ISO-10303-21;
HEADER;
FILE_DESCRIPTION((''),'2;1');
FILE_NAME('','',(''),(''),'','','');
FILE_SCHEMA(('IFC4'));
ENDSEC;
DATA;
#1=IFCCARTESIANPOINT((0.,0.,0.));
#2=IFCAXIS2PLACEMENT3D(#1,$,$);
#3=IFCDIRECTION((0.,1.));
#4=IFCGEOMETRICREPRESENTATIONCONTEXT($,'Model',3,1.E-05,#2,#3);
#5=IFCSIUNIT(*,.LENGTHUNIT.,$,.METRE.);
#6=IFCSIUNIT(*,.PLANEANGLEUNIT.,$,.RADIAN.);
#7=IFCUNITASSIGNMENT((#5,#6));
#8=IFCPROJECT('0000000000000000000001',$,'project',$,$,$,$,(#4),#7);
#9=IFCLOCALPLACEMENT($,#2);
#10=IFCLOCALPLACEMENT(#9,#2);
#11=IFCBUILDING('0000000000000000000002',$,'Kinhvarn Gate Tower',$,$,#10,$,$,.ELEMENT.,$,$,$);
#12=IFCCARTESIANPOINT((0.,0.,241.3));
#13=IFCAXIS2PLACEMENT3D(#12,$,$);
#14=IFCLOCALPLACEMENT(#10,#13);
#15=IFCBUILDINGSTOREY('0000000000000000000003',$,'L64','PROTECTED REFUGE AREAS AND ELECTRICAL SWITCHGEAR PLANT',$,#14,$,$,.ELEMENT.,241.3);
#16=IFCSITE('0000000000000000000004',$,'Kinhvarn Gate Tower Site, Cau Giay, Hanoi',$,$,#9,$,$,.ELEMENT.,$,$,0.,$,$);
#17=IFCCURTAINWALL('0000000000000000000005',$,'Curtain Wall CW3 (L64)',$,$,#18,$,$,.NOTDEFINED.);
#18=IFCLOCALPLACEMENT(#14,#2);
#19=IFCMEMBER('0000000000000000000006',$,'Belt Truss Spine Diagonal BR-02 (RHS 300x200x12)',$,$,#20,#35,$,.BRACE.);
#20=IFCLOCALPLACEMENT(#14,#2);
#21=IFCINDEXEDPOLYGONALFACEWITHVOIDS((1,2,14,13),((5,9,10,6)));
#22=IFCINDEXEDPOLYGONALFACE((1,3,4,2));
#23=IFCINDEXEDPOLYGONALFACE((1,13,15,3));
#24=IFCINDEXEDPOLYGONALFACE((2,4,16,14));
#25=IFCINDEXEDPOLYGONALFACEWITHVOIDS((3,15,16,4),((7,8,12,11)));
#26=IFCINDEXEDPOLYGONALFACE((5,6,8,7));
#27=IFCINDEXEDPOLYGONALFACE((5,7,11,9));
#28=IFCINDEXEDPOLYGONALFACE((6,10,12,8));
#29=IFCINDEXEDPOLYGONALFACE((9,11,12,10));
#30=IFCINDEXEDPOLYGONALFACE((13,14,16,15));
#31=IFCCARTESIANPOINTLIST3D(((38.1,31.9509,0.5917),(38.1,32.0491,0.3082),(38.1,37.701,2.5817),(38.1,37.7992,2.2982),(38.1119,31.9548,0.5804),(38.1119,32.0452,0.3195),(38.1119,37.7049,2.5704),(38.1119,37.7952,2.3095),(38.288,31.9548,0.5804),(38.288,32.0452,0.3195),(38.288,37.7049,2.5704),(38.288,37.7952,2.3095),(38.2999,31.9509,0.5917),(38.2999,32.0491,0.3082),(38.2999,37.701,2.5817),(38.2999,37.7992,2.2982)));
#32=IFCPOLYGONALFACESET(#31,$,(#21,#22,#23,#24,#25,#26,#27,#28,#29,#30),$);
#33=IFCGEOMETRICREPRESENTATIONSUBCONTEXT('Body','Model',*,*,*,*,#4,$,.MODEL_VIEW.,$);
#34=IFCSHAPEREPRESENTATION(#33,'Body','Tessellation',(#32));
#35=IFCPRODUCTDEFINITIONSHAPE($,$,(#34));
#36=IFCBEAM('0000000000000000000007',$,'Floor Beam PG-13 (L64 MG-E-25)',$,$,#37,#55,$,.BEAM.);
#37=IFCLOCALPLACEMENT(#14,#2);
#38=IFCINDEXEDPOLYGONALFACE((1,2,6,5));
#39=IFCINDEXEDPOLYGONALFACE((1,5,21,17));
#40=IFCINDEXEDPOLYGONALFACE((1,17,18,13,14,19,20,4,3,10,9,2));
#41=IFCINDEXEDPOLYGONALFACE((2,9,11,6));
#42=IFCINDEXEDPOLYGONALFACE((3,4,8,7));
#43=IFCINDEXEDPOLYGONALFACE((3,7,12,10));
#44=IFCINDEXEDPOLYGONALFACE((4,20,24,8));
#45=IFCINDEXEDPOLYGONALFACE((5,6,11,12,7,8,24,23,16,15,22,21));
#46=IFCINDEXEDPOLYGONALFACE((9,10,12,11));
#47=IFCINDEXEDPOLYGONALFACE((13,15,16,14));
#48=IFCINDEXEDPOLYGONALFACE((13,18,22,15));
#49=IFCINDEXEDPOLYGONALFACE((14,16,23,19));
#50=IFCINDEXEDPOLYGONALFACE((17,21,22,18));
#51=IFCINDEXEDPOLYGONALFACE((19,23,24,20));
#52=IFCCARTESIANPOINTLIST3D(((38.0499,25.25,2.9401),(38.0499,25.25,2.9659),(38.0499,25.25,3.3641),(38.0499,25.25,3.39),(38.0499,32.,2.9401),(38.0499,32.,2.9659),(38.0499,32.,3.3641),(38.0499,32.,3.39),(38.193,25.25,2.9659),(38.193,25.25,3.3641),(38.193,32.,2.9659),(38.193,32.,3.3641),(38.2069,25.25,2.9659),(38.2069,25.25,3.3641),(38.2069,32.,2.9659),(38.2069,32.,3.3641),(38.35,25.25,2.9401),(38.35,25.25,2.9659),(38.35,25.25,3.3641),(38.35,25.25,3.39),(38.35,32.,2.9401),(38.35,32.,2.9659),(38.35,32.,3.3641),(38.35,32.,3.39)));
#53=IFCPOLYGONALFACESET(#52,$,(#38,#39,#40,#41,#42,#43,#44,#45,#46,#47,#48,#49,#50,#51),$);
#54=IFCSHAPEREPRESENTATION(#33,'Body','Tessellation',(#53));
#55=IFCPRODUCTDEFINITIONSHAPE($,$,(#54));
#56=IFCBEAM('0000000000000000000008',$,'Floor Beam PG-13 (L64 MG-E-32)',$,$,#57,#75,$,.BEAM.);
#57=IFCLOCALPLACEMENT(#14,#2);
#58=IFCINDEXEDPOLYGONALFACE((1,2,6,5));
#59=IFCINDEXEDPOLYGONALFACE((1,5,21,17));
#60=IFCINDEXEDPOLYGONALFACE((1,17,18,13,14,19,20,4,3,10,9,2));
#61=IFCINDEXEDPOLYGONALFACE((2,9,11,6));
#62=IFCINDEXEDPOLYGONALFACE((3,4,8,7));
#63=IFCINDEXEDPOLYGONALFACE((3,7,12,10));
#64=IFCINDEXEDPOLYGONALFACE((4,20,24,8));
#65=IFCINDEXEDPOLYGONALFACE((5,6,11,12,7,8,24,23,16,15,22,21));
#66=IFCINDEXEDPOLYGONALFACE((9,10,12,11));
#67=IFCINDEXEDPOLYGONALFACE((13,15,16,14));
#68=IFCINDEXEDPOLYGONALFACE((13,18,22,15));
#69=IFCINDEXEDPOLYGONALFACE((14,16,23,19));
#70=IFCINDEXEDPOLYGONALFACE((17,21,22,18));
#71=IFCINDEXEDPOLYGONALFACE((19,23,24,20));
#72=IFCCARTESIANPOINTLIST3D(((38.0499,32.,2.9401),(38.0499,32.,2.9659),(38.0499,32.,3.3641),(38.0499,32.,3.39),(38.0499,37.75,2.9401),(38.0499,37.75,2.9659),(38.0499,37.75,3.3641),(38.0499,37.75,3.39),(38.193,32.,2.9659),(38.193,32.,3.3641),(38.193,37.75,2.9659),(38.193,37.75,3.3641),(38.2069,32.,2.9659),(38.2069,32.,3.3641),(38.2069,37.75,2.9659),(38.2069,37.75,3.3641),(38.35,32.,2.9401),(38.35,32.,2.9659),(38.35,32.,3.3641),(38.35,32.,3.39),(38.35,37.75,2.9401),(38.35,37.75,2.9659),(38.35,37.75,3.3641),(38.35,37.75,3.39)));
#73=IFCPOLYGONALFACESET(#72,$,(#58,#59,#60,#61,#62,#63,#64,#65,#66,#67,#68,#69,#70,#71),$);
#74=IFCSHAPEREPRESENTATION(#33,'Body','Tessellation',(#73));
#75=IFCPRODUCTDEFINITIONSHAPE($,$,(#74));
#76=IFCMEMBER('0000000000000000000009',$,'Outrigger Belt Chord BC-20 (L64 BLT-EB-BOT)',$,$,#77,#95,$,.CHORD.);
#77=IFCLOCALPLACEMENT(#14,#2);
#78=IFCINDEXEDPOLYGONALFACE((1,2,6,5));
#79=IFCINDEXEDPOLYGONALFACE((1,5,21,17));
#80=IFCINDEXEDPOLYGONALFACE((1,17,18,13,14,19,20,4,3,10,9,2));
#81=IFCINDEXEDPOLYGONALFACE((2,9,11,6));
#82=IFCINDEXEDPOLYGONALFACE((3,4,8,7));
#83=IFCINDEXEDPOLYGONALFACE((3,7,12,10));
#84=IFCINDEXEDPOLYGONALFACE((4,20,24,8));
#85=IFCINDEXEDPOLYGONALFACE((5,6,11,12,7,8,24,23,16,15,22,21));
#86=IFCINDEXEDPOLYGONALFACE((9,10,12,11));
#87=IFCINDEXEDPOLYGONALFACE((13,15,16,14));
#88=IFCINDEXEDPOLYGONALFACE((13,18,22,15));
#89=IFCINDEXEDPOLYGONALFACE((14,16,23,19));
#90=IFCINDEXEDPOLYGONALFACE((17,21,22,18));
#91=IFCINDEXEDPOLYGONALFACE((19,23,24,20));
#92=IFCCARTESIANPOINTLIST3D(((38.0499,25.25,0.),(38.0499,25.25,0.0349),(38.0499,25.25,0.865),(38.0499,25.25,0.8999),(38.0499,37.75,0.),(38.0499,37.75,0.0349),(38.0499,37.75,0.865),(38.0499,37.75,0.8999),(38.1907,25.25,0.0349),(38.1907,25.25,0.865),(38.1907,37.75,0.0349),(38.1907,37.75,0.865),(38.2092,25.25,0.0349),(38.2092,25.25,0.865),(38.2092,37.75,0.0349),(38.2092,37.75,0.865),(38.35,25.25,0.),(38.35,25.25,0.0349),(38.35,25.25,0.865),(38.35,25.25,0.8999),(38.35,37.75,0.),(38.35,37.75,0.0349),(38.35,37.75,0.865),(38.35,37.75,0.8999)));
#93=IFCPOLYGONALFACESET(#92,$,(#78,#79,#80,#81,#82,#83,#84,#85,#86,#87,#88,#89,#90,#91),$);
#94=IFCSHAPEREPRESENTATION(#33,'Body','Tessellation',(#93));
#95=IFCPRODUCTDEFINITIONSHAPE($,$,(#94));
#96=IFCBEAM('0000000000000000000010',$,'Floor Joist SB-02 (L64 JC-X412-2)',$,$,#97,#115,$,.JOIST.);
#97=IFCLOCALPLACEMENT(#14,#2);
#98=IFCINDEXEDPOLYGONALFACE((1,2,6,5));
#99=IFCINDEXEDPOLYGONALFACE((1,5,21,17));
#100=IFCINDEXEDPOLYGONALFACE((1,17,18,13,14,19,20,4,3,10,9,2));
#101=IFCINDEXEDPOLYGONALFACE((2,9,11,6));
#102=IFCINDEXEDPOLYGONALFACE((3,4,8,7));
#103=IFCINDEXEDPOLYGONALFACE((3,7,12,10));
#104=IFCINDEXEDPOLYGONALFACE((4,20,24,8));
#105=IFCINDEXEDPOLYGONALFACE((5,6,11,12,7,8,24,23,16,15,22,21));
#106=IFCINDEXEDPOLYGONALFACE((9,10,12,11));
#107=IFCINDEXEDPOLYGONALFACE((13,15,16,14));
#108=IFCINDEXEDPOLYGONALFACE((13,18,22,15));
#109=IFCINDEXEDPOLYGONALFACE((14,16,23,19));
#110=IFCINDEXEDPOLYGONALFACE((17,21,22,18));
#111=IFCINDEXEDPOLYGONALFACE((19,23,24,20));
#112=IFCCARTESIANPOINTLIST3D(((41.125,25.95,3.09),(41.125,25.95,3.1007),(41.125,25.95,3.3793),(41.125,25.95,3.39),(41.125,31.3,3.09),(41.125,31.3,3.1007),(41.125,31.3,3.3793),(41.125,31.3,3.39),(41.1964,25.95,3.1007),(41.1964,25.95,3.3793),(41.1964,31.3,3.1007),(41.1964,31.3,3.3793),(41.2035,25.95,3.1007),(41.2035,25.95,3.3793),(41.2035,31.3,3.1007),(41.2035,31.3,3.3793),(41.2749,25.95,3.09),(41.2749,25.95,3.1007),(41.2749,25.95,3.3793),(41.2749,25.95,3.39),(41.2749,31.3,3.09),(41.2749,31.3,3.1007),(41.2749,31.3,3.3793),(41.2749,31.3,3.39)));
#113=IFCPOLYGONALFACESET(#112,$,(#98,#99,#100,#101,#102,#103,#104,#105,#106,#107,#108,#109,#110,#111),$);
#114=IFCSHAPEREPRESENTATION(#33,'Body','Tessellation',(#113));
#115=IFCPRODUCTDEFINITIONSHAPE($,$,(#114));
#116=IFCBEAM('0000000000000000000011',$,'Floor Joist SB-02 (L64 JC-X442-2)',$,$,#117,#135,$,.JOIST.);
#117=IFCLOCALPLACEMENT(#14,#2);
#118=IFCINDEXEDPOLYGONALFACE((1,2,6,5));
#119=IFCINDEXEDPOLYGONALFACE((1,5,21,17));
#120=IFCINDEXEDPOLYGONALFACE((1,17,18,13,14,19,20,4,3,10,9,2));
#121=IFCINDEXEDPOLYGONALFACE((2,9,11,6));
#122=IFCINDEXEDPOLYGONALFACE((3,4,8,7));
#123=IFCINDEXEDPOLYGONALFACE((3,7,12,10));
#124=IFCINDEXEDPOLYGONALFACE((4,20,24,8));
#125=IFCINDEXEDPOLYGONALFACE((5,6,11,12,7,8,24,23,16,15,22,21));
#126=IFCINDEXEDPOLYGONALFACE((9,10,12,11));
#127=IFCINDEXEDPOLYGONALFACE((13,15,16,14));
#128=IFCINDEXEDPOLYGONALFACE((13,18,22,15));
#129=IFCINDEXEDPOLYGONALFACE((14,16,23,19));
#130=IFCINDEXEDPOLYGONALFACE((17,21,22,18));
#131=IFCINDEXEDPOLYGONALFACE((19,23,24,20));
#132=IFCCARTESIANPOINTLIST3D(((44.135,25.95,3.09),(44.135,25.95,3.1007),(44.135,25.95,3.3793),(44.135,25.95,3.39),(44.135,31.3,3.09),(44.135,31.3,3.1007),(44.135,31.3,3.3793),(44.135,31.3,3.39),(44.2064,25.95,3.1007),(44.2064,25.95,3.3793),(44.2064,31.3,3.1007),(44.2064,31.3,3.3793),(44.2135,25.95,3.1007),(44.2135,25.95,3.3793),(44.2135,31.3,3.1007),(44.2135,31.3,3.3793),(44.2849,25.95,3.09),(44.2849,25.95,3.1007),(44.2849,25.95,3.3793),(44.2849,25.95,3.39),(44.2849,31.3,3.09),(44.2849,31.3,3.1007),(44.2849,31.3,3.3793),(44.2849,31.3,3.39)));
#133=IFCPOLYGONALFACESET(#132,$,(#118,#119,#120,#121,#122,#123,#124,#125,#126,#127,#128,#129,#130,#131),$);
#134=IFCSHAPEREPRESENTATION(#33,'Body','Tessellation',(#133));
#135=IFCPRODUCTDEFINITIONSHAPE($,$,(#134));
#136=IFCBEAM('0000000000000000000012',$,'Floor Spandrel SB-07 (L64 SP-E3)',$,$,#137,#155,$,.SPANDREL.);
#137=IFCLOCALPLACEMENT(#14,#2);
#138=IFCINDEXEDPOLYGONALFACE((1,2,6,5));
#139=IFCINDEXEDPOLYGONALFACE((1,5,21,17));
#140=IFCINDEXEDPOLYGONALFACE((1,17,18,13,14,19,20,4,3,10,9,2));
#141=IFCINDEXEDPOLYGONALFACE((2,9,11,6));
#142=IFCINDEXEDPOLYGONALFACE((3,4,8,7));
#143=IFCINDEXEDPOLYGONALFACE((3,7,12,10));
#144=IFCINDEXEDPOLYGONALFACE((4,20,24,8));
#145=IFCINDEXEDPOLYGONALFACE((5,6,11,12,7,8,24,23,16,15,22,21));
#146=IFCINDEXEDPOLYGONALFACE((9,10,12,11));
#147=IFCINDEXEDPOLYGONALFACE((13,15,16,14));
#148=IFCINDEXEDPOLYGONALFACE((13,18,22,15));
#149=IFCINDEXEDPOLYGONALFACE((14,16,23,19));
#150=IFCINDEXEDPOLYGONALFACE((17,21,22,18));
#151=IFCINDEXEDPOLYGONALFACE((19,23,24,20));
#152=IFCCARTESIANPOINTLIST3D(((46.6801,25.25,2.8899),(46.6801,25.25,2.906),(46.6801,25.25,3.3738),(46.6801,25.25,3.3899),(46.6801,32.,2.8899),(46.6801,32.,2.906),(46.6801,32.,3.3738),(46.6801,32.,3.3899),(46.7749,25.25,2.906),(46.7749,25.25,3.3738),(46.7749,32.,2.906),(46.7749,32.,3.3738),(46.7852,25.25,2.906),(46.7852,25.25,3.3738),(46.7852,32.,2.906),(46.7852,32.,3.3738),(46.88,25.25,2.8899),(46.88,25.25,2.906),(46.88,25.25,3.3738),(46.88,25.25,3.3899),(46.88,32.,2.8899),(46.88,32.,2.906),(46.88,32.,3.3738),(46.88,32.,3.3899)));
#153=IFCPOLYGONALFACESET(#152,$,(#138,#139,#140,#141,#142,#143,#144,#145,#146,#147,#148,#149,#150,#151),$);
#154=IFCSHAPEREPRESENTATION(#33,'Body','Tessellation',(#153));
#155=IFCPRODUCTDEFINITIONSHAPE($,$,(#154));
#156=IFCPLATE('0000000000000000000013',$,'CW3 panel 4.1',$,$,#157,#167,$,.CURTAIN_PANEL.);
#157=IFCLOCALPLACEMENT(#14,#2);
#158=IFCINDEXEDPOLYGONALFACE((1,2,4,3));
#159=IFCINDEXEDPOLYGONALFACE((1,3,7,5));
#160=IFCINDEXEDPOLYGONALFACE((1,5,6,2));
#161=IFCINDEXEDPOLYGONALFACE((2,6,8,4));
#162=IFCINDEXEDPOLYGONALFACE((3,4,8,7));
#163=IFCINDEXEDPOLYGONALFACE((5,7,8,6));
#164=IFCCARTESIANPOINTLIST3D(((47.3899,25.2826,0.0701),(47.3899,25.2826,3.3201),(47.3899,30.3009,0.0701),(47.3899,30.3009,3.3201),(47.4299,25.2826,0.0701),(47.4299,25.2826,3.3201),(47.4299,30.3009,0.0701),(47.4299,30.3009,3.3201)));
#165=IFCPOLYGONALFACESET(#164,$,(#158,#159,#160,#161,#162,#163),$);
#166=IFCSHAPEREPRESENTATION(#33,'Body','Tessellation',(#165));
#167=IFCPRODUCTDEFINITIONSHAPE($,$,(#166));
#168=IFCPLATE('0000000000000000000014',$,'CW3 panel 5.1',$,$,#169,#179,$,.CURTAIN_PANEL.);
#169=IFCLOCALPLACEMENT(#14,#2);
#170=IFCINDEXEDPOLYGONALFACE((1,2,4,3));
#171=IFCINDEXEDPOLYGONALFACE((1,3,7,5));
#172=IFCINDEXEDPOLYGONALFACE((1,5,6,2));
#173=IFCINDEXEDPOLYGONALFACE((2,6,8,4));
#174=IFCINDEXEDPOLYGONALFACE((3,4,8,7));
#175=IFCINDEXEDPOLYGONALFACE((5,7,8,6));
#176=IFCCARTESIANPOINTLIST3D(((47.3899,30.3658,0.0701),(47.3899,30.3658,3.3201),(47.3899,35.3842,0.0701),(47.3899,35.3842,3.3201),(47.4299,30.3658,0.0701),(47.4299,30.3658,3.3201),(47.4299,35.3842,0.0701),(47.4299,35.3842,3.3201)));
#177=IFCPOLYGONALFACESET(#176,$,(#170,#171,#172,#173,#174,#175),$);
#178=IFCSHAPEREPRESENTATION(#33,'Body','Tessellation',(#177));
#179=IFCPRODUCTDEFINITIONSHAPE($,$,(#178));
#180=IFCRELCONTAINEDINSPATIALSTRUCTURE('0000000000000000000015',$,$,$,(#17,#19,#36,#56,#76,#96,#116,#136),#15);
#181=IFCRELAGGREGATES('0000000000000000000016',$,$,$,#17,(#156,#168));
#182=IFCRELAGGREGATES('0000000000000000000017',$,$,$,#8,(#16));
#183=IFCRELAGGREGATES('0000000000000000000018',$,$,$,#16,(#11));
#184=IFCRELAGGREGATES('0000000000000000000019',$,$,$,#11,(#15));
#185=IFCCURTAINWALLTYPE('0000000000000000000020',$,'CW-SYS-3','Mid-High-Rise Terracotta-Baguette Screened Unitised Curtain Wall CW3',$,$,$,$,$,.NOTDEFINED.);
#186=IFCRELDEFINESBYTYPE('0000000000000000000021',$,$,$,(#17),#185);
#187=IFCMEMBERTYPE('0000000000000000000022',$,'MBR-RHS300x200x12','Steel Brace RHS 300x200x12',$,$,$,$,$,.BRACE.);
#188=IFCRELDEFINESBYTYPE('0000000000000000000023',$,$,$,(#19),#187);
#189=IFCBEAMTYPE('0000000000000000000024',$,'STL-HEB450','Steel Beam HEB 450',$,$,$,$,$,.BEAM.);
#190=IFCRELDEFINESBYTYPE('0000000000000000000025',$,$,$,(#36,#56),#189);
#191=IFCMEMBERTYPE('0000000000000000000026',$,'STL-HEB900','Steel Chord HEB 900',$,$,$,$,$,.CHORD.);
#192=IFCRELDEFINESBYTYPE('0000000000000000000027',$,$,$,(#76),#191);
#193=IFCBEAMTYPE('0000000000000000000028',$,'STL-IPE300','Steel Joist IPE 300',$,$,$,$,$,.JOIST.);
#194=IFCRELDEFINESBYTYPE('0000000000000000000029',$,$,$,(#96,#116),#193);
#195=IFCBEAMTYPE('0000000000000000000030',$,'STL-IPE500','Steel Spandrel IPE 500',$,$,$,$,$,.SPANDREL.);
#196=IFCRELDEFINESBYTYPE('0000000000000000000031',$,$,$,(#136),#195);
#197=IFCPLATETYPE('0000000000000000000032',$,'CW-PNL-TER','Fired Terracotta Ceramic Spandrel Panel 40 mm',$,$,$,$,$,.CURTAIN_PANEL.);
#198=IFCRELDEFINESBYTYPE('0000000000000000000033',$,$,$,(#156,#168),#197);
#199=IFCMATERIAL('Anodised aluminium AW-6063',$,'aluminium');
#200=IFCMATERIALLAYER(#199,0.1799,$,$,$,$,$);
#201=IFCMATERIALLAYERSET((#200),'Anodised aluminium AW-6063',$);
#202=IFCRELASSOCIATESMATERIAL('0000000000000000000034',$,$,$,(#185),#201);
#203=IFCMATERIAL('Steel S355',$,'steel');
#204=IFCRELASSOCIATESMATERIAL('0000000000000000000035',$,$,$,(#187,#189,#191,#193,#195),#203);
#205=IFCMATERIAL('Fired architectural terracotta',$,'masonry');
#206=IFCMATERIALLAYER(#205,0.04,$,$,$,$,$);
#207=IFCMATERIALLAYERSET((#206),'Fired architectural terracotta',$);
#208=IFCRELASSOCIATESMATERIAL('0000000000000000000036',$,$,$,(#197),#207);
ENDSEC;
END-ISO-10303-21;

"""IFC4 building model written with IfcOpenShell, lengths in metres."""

from ifc_helpers import new_model, si_unit, direction, frame, origin, origin_2d, place, context, subcontext, project, spatial, rectangle, hollow_rectangle, i_section, extrude, material, layer, layer_set, material_profile, profile_set, type_object, element, aggregate, save


model = new_model("IFC4")

# Units and contexts
model_context = context("Model", 3, precision=1e-05, world=origin(), true_north=direction((0.0, 1.0)))
body_context = subcontext(model_context, "Body", "Model", "MODEL_VIEW")
ifc_project = project(units=[si_unit("LENGTHUNIT", "METRE"), si_unit("PLANEANGLEUNIT", "RADIAN")], contexts=[model_context])

# Site, building, storey
site_placement = place(None, origin())
site = spatial("IfcSite", under=ifc_project, at=site_placement, Name="Kinhvarn Gate Tower Site, Cau Giay, Hanoi", CompositionType="ELEMENT", RefElevation=0.0)
building_placement = place(site_placement, origin())
building = spatial("IfcBuilding", under=site, at=building_placement, Name="Kinhvarn Gate Tower", CompositionType="ELEMENT")
storey_placement = place(building_placement, frame((0.0, 0.0, 241.3)))
storey = spatial("IfcBuildingStorey", under=building, at=storey_placement, Name="L64", Description="PROTECTED REFUGE AREAS AND ELECTRICAL SWITCHGEAR PLANT", CompositionType="ELEMENT", Elevation=241.3)

# Curtain wall
ifc_material_1 = material(Name="Anodised aluminium AW-6063", Category="aluminium")
ifc_layer_1 = layer(ifc_material_1, 0.1799)
ifc_layer_set_1 = layer_set([ifc_layer_1], Name="Anodised aluminium AW-6063")
curtain_wall_type = type_object("IfcCurtainWallType", Name="CW-SYS-3", Description="Mid-High-Rise Terracotta-Baguette Screened Unitised Curtain Wall CW3", PredefinedType="NOTDEFINED", material=ifc_layer_set_1)
curtain_wall_placement = place(storey_placement, origin())
curtain_wall = element("IfcCurtainWall", 1, at=curtain_wall_placement, inside=storey, type_object=curtain_wall_type, Name="Curtain Wall CW3 (L64)", PredefinedType="NOTDEFINED")

# Member
ifc_material_2 = material(Name="Steel S355", Category="steel")
ifc_material_profile_1 = material_profile(ifc_material_2, hollow_rectangle(XDim=0.2, YDim=0.3, WallThickness=0.012, at=origin_2d()), Name="RHS 300x200x12")
ifc_profile_set_1 = profile_set([ifc_material_profile_1], Name="Steel S355")
member_type_1 = type_object("IfcMemberType", Name="MBR-RHS300x200x12", Description="Steel Brace RHS 300x200x12", PredefinedType="BRACE", material=ifc_profile_set_1)
member_1_placement = place(storey_placement, frame((38.2, 32.0, 0.45), z_axis=(0.0, 0.945006, 0.327053), x_axis=(-1.0, 0.0, 0.0)))
element("IfcMember", 2, at=member_1_placement, inside=storey, type_object=member_type_1, Name="Belt Truss Spine Diagonal BR-02 (RHS 300x200x12)", PredefinedType="BRACE", context=body_context, shape_type="SweptSolid", body=[
    extrude(hollow_rectangle(XDim=0.2, YDim=0.3, WallThickness=0.012, at=origin_2d()), origin(), (0.0, 0.0, 1.0), 6.0847),
])

# Beams
ifc_material_profile_2 = material_profile(ifc_material_2, i_section(OverallWidth=0.3, OverallDepth=0.45, WebThickness=0.0139, FlangeThickness=0.0259, at=origin_2d()), Name="HEB 450")
ifc_profile_set_2 = profile_set([ifc_material_profile_2], Name="Steel S355")
beam_type_1 = type_object("IfcBeamType", Name="STL-HEB450", Description="Steel Beam HEB 450", PredefinedType="BEAM", material=ifc_profile_set_2)
beam_1_placement = place(storey_placement, frame((38.2, 25.25, 3.165), z_axis=(0.0, 1.0, 0.0), x_axis=(-1.0, 0.0, 0.0)))
element("IfcBeam", 3, at=beam_1_placement, inside=storey, type_object=beam_type_1, Name="Floor Beam PG-13 (L64 MG-E-25)", PredefinedType="BEAM", context=body_context, shape_type="SweptSolid", body=[
    extrude(i_section(OverallWidth=0.3, OverallDepth=0.45, WebThickness=0.0139, FlangeThickness=0.0259, at=origin_2d()), origin(), (0.0, 0.0, 1.0), 6.75),
])
beam_2_placement = place(storey_placement, frame((38.2, 32.0, 3.165), z_axis=(0.0, 1.0, 0.0), x_axis=(-1.0, 0.0, 0.0)))
element("IfcBeam", 4, at=beam_2_placement, inside=storey, type_object=beam_type_1, Name="Floor Beam PG-13 (L64 MG-E-32)", PredefinedType="BEAM", context=body_context, shape_type="SweptSolid", body=[
    extrude(i_section(OverallWidth=0.3, OverallDepth=0.45, WebThickness=0.0139, FlangeThickness=0.0259, at=origin_2d()), origin(), (0.0, 0.0, 1.0), 5.75),
])

# Member
ifc_material_profile_3 = material_profile(ifc_material_2, i_section(OverallWidth=0.3, OverallDepth=0.8999, WebThickness=0.0186, FlangeThickness=0.0349, at=origin_2d()), Name="HEB 900")
ifc_profile_set_3 = profile_set([ifc_material_profile_3], Name="Steel S355")
member_type_2 = type_object("IfcMemberType", Name="STL-HEB900", Description="Steel Chord HEB 900", PredefinedType="CHORD", material=ifc_profile_set_3)
member_2_placement = place(storey_placement, frame((38.2, 25.25, 0.45), z_axis=(0.0, 1.0, 0.0), x_axis=(-1.0, 0.0, 0.0)))
element("IfcMember", 5, at=member_2_placement, inside=storey, type_object=member_type_2, Name="Outrigger Belt Chord BC-20 (L64 BLT-EB-BOT)", PredefinedType="CHORD", context=body_context, shape_type="SweptSolid", body=[
    extrude(i_section(OverallWidth=0.3, OverallDepth=0.8999, WebThickness=0.0186, FlangeThickness=0.0349, at=origin_2d()), origin(), (0.0, 0.0, 1.0), 12.5),
])

# Beams
ifc_material_profile_4 = material_profile(ifc_material_2, i_section(OverallWidth=0.1499, OverallDepth=0.3, WebThickness=0.0071, FlangeThickness=0.0107, at=origin_2d()), Name="IPE 300")
ifc_profile_set_4 = profile_set([ifc_material_profile_4], Name="Steel S355")
beam_type_2 = type_object("IfcBeamType", Name="STL-IPE300", Description="Steel Joist IPE 300", PredefinedType="JOIST", material=ifc_profile_set_4)
for number, where, z_axis, x_axis, name in (
    (6, (41.2, 25.95, 3.24), (0.0, 1.0, 0.0), (-1.0, 0.0, 0.0), "Floor Joist SB-02 (L64 JC-X412-2)"),
    (7, (44.21, 25.95, 3.24), (0.0, 1.0, 0.0), (-1.0, 0.0, 0.0), "Floor Joist SB-02 (L64 JC-X442-2)"),
):
    element("IfcBeam", number, at=place(storey_placement, frame(where, z_axis=z_axis, x_axis=x_axis)), inside=storey, type_object=beam_type_2, Name=name, PredefinedType="JOIST", context=body_context, shape_type="SweptSolid", body=[
        extrude(i_section(OverallWidth=0.1499, OverallDepth=0.3, WebThickness=0.0071, FlangeThickness=0.0107, at=origin_2d()), origin(), (0.0, 0.0, 1.0), 5.3501),
    ])
ifc_material_profile_5 = material_profile(ifc_material_2, i_section(OverallWidth=0.2, OverallDepth=0.5, WebThickness=0.0103, FlangeThickness=0.0161, at=origin_2d()), Name="IPE 500")
ifc_profile_set_5 = profile_set([ifc_material_profile_5], Name="Steel S355")
beam_type_3 = type_object("IfcBeamType", Name="STL-IPE500", Description="Steel Spandrel IPE 500", PredefinedType="SPANDREL", material=ifc_profile_set_5)
beam_3_placement = place(storey_placement, frame((46.78, 25.25, 3.1399), z_axis=(0.0, 1.0, 0.0), x_axis=(-1.0, 0.0, 0.0)))
element("IfcBeam", 8, at=beam_3_placement, inside=storey, type_object=beam_type_3, Name="Floor Spandrel SB-07 (L64 SP-E3)", PredefinedType="SPANDREL", context=body_context, shape_type="SweptSolid", body=[
    extrude(i_section(OverallWidth=0.2, OverallDepth=0.5, WebThickness=0.0103, FlangeThickness=0.0161, at=origin_2d()), origin(), (0.0, 0.0, 1.0), 6.75),
])

# Plates
ifc_material_3 = material(Name="Fired architectural terracotta", Category="masonry")
ifc_layer_2 = layer(ifc_material_3, 0.04)
ifc_layer_set_2 = layer_set([ifc_layer_2], Name="Fired architectural terracotta")
plate_type = type_object("IfcPlateType", Name="CW-PNL-TER", Description="Fired Terracotta Ceramic Spandrel Panel 40 mm", PredefinedType="CURTAIN_PANEL", material=ifc_layer_set_2)
plate_1_placement = place(storey_placement, frame((47.4099, 27.7917, 0.0701), z_axis=(0.0, 0.0, 1.0), x_axis=(0.0, 1.0, 0.0)))
plate_1 = element("IfcPlate", 9, at=plate_1_placement, type_object=plate_type, Name="CW3 panel 4.1", PredefinedType="CURTAIN_PANEL", context=body_context, shape_type="SweptSolid", body=[
    extrude(rectangle(XDim=5.0183, YDim=0.04, at=origin_2d()), origin(), (0.0, 0.0, 1.0), 3.25),
])
plate_2_placement = place(storey_placement, frame((47.4099, 32.875, 0.0701), z_axis=(0.0, 0.0, 1.0), x_axis=(0.0, 1.0, 0.0)))
plate_2 = element("IfcPlate", 10, at=plate_2_placement, type_object=plate_type, Name="CW3 panel 5.1", PredefinedType="CURTAIN_PANEL", context=body_context, shape_type="SweptSolid", body=[
    extrude(rectangle(XDim=5.0183, YDim=0.04, at=origin_2d()), origin(), (0.0, 0.0, 1.0), 3.25),
])
aggregate(curtain_wall, [plate_1, plate_2])

save(model, "model.ifc")
